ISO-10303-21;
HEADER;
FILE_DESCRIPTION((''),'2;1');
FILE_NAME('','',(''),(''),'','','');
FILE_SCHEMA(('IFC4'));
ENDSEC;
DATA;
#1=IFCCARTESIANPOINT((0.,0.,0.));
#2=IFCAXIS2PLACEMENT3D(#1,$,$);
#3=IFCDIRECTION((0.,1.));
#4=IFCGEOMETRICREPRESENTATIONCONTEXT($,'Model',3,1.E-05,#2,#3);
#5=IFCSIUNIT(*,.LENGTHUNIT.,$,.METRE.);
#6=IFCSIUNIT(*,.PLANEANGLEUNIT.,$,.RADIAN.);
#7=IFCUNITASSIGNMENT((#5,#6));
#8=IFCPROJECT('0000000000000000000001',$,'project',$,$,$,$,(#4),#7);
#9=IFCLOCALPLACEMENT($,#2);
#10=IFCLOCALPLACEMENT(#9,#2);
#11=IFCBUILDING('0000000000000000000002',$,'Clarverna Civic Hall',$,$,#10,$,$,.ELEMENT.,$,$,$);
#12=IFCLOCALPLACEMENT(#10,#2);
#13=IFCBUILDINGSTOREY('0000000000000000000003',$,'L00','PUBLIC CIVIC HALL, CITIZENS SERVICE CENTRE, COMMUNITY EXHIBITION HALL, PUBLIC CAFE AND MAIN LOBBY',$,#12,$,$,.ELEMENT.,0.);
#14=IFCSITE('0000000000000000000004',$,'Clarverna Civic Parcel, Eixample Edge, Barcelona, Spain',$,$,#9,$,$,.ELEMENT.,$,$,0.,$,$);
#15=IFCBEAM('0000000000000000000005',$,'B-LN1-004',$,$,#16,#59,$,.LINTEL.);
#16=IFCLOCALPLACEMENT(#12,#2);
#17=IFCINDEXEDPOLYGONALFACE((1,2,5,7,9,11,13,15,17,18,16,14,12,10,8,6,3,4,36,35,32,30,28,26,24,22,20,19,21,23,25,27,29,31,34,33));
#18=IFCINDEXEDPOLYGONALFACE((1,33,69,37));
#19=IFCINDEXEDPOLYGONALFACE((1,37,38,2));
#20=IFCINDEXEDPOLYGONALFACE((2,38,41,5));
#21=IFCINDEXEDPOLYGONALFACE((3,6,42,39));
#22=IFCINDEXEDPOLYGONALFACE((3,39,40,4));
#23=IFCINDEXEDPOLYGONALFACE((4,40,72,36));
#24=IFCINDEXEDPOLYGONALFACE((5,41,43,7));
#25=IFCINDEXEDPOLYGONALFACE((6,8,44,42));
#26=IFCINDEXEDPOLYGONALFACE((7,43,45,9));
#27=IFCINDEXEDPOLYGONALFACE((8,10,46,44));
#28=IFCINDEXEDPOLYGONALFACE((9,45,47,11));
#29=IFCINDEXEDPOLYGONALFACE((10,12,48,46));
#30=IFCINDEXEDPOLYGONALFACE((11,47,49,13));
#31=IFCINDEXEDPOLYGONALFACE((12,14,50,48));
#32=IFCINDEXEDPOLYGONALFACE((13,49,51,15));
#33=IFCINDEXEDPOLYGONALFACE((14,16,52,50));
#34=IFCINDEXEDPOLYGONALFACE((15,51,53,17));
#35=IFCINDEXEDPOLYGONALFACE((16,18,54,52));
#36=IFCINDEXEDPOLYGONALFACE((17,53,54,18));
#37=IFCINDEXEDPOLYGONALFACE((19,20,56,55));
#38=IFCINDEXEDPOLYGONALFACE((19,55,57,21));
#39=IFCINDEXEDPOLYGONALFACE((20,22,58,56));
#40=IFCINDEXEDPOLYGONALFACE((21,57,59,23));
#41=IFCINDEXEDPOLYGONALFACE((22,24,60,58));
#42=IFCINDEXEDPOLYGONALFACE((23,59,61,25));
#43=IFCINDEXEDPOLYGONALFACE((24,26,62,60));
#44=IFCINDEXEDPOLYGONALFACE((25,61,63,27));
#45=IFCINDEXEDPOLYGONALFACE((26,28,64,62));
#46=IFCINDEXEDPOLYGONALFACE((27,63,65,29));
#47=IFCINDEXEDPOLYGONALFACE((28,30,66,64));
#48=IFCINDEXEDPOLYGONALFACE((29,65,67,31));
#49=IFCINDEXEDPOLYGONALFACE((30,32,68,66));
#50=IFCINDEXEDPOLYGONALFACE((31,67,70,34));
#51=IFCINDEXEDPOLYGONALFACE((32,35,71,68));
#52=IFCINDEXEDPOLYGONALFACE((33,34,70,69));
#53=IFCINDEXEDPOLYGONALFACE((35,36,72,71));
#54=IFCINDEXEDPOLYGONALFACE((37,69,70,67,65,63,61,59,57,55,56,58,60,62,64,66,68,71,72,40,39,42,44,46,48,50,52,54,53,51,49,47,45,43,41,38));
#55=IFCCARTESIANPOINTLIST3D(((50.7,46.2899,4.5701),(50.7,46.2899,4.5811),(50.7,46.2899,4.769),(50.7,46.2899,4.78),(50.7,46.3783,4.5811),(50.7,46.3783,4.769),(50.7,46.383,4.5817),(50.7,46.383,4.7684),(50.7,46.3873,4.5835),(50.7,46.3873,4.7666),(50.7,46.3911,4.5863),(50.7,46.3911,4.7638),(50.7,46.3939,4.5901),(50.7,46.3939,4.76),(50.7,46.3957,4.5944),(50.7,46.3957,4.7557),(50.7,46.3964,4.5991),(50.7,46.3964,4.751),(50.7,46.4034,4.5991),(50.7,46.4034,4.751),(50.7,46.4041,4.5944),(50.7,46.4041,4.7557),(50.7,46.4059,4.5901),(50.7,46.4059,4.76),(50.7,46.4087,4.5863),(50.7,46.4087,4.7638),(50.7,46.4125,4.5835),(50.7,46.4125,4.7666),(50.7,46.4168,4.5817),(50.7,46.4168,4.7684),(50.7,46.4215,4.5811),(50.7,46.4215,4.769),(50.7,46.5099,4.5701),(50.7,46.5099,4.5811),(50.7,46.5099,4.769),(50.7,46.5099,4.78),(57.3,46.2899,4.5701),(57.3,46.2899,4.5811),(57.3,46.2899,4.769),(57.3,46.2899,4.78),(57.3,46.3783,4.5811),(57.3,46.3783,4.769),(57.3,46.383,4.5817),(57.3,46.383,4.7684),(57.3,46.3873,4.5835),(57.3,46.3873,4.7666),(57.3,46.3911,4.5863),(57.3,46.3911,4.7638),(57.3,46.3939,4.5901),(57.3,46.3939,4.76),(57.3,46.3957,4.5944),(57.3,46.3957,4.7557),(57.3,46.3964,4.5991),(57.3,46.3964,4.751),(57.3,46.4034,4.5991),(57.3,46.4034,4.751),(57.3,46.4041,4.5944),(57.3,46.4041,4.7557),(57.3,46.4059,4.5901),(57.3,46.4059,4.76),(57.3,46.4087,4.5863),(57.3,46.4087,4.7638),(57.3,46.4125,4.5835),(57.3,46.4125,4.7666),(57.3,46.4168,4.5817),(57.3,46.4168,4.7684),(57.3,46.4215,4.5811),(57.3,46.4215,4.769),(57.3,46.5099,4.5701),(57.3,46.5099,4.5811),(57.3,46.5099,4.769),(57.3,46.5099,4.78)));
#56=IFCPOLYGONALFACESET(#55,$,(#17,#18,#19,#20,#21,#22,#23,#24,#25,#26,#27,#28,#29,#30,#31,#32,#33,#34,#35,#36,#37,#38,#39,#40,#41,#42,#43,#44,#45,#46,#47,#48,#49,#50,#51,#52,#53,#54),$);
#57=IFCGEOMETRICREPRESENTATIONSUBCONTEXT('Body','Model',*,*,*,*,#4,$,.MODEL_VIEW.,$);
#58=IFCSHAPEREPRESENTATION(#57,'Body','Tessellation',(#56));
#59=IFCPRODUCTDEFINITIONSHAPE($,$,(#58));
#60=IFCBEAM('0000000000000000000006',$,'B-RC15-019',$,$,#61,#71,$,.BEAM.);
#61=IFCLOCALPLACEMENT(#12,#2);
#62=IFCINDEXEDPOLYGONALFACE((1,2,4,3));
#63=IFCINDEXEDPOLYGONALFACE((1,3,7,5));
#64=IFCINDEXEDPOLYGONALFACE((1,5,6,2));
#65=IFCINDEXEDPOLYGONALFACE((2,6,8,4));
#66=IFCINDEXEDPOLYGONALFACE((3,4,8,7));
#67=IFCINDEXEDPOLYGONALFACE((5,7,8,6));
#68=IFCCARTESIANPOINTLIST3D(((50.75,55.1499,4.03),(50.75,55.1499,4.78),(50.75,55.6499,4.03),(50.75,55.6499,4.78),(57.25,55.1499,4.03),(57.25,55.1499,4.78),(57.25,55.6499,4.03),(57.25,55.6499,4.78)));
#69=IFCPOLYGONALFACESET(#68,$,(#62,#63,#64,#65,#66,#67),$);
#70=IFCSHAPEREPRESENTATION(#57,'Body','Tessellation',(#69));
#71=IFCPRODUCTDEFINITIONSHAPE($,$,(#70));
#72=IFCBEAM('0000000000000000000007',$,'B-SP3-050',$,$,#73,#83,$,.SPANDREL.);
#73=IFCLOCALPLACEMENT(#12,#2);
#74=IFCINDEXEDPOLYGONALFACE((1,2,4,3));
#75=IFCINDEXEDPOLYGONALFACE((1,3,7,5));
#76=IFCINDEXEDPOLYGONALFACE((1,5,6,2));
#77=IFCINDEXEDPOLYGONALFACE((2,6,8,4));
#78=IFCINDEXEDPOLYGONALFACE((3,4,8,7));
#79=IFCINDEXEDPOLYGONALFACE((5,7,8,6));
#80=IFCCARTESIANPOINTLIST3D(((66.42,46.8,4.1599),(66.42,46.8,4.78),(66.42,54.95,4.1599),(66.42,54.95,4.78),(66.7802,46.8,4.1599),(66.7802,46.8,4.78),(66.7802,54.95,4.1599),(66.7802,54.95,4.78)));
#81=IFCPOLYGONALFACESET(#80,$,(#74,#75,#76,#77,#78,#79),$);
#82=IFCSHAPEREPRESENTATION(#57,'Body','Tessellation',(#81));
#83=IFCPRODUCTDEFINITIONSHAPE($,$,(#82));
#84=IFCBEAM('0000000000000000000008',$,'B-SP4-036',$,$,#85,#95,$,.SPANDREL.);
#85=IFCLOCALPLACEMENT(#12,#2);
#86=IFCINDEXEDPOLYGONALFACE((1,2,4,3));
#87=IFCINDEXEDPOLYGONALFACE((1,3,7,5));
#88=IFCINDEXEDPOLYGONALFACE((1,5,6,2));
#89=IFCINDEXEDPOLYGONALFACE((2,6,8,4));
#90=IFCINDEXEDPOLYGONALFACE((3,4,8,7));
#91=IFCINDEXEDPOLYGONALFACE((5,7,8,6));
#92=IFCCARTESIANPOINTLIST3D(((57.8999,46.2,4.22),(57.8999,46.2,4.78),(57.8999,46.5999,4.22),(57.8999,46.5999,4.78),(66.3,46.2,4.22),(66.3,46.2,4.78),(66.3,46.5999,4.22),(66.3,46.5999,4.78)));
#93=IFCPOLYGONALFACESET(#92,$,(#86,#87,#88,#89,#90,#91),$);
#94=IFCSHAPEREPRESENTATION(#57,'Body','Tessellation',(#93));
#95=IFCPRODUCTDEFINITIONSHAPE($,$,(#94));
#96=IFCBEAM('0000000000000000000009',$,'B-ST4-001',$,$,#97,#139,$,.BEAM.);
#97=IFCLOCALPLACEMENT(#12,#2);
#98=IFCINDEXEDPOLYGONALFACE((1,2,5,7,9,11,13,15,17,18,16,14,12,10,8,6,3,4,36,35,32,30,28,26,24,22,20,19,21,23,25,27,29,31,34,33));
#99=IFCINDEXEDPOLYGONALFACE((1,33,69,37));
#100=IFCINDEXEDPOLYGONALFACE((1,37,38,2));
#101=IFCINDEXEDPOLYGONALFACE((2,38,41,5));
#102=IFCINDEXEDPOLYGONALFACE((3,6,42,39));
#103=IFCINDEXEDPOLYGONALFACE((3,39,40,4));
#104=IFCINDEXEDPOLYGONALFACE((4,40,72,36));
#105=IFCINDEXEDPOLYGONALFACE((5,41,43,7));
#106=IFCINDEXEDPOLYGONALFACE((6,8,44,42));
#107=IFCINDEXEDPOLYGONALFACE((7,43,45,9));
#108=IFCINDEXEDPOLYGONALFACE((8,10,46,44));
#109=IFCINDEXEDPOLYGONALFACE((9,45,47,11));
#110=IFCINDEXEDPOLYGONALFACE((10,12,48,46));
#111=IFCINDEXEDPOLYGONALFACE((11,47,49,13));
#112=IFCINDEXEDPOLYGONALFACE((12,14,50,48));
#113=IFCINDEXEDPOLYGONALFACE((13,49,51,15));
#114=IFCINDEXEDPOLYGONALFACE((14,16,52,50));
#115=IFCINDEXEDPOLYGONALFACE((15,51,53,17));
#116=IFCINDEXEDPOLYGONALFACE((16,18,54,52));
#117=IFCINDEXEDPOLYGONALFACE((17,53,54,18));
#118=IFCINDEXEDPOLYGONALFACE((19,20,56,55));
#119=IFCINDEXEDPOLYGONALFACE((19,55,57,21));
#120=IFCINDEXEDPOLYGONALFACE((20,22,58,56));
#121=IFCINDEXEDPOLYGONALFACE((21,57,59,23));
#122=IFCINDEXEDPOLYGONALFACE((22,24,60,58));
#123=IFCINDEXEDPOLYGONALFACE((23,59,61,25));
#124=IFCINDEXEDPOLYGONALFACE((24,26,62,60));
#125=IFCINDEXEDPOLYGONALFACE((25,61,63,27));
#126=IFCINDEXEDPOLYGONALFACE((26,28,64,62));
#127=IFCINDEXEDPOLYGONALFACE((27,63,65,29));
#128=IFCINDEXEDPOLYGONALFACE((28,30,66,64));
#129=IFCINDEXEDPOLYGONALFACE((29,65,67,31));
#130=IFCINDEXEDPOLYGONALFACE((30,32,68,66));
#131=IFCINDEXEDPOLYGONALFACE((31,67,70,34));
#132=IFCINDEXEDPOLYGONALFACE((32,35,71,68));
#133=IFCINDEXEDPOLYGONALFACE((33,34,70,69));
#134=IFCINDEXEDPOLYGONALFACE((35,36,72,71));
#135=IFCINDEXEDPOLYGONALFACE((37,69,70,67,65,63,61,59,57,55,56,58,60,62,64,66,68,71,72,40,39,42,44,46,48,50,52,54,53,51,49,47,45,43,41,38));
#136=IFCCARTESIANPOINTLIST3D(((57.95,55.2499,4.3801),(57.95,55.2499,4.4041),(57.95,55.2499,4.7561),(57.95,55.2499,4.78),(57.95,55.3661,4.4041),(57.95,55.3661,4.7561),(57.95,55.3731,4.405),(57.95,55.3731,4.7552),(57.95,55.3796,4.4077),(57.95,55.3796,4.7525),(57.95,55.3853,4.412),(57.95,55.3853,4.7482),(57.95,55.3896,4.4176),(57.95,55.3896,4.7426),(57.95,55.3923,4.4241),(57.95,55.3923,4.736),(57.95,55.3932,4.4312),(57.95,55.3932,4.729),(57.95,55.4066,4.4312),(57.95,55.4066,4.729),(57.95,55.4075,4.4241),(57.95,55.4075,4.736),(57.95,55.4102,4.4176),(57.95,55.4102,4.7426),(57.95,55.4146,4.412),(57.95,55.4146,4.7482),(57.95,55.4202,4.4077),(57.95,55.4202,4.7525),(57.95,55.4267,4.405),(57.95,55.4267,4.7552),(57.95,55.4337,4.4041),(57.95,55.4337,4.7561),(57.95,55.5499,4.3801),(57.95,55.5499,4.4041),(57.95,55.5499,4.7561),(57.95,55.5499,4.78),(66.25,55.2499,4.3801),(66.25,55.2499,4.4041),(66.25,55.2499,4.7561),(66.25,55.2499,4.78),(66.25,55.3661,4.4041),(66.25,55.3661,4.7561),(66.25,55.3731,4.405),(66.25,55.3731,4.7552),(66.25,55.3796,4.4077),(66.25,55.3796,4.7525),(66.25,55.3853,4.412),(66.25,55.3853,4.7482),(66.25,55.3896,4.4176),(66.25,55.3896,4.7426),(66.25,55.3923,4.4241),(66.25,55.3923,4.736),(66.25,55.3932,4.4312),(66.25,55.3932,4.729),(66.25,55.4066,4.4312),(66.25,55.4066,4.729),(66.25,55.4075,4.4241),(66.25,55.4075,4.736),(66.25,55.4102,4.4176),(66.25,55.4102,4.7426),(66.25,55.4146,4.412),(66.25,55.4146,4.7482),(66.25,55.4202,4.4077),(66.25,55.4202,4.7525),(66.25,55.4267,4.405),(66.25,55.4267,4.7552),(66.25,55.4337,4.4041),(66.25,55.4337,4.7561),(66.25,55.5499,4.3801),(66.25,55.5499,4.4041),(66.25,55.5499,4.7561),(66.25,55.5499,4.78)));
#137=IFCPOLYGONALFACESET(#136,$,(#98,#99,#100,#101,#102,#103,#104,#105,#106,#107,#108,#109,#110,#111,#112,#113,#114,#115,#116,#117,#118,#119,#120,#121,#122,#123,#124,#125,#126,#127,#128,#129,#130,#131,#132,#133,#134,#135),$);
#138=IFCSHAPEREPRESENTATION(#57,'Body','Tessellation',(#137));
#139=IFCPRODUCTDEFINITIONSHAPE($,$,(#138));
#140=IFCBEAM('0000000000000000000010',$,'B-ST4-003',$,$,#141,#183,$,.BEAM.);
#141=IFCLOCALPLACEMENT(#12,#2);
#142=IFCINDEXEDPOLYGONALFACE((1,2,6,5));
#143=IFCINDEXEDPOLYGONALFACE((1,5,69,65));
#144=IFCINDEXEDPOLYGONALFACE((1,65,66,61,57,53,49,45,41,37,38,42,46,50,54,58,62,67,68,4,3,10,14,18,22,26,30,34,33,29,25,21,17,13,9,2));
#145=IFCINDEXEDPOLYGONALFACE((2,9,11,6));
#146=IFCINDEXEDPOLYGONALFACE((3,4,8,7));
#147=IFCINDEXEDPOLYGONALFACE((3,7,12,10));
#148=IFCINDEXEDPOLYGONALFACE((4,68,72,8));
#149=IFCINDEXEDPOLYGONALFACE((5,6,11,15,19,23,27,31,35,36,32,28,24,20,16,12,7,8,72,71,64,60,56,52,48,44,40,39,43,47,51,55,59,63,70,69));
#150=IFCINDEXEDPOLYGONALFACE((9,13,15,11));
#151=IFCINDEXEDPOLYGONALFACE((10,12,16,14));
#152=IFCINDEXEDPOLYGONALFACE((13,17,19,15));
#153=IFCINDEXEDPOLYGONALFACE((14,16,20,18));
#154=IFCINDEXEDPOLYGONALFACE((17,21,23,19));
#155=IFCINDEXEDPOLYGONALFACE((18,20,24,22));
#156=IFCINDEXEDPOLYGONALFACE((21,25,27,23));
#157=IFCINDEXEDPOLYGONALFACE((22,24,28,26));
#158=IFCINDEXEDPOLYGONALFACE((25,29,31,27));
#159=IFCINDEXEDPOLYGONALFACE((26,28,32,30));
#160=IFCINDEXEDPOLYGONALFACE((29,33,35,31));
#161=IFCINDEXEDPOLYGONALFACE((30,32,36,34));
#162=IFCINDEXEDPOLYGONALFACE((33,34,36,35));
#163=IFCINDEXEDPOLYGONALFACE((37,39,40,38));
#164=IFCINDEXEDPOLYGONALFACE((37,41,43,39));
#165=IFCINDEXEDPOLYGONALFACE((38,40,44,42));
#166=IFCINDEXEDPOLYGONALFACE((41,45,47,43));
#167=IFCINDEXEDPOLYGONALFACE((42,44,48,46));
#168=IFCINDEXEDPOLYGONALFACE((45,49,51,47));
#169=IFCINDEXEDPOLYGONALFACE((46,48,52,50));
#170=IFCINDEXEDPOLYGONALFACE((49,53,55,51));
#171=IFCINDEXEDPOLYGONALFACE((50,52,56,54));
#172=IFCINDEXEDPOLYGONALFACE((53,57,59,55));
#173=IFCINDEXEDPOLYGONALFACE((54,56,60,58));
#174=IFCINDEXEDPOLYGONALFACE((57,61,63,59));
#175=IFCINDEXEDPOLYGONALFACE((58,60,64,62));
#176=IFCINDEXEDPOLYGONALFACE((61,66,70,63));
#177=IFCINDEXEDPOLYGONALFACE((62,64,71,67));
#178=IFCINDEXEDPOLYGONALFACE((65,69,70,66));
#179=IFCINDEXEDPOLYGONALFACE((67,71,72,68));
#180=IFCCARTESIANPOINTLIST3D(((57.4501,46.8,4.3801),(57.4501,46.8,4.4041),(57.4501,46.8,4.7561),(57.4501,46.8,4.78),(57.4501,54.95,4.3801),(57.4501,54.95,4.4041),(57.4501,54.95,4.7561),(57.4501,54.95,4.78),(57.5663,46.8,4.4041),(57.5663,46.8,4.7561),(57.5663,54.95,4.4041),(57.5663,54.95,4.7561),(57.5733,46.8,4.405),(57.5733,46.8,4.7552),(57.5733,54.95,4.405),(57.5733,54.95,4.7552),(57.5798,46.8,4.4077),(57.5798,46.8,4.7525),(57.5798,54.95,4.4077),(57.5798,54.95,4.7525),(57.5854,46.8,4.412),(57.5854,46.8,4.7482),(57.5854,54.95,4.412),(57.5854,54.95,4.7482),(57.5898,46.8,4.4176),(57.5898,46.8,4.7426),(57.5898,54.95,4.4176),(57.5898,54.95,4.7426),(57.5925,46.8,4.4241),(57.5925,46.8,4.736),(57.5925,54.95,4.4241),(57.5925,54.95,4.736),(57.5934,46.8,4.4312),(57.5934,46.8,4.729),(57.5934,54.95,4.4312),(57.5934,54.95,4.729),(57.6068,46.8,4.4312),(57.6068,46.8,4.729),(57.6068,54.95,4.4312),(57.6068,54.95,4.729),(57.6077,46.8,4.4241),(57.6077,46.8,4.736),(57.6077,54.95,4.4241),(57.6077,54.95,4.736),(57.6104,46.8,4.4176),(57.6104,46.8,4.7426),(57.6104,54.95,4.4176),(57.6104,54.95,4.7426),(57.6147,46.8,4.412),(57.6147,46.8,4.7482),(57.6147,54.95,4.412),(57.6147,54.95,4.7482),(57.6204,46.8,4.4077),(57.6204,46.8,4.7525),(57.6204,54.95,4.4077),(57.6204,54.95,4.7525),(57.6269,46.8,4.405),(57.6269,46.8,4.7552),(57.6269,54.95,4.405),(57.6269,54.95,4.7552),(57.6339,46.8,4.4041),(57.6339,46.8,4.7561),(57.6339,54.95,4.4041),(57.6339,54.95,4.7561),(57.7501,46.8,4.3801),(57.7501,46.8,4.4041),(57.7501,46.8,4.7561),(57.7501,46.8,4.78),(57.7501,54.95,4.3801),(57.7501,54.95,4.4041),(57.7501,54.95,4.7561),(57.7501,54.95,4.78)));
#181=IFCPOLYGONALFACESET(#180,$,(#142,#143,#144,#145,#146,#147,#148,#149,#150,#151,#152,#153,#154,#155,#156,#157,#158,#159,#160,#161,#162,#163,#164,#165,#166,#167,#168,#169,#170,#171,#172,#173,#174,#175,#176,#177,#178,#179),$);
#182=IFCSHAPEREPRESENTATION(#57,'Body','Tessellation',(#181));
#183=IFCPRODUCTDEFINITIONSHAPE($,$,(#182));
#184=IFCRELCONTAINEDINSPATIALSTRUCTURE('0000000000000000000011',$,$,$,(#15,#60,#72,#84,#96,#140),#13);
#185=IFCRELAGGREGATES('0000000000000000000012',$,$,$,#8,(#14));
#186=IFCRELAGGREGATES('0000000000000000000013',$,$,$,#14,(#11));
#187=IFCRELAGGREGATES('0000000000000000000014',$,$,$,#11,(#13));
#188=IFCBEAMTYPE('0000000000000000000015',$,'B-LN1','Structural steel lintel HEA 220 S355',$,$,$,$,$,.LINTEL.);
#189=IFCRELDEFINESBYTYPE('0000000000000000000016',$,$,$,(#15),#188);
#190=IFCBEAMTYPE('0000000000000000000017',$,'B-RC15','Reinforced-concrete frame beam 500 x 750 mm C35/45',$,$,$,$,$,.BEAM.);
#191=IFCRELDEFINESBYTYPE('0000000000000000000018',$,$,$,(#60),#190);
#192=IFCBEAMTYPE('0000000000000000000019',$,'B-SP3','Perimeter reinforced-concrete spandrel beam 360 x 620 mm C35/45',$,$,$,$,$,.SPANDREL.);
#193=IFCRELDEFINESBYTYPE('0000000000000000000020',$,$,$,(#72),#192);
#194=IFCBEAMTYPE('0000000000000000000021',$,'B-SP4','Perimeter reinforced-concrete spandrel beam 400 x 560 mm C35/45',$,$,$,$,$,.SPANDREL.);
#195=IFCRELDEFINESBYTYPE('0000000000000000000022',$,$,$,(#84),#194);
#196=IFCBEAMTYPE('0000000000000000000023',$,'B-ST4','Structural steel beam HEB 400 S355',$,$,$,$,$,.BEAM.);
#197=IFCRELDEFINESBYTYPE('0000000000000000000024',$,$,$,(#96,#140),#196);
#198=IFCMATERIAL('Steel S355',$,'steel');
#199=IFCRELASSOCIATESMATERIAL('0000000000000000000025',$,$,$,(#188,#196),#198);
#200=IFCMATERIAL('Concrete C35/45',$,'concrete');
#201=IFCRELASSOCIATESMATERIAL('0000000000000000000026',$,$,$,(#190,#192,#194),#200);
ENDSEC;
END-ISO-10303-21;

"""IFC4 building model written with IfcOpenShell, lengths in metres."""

from ifc_helpers import new_model, si_unit, direction, frame, origin, origin_2d, place, context, subcontext, project, spatial, rectangle, i_section, extrude, material, material_profile, profile_set, type_object, element, save


model = new_model("IFC4")

# Units and contexts
model_context = context("Model", 3, precision=1e-05, world=origin(), true_north=direction((0.0, 1.0)))
body_context = subcontext(model_context, "Body", "Model", "MODEL_VIEW")
ifc_project = project(units=[si_unit("LENGTHUNIT", "METRE"), si_unit("PLANEANGLEUNIT", "RADIAN")], contexts=[model_context])

# Site, building, storey
site_placement = place(None, origin())
site = spatial("IfcSite", under=ifc_project, at=site_placement, Name="Clarverna Civic Parcel, Eixample Edge, Barcelona, Spain", CompositionType="ELEMENT", RefElevation=0.0)
building_placement = place(site_placement, origin())
building = spatial("IfcBuilding", under=site, at=building_placement, Name="Clarverna Civic Hall", CompositionType="ELEMENT")
storey_placement = place(building_placement, origin())
storey = spatial("IfcBuildingStorey", under=building, at=storey_placement, Name="L00", Description="PUBLIC CIVIC HALL, CITIZENS SERVICE CENTRE, COMMUNITY EXHIBITION HALL, PUBLIC CAFE AND MAIN LOBBY", CompositionType="ELEMENT", Elevation=0.0)

# Shared definitions
ifc_material_1 = material(Name="Concrete C35/45", Category="concrete")

# Beams
ifc_material_2 = material(Name="Steel S355", Category="steel")
ifc_material_profile_1 = material_profile(ifc_material_2, i_section(OverallWidth=0.22, OverallDepth=0.21, WebThickness=0.0071, FlangeThickness=0.011, FilletRadius=0.0181, at=origin_2d()), Name="HEA 220")
ifc_profile_set_1 = profile_set([ifc_material_profile_1], Name="Steel S355")
beam_type_1 = type_object("IfcBeamType", Name="B-LN1", Description="Structural steel lintel HEA 220 S355", PredefinedType="LINTEL", material=ifc_profile_set_1)
beam_1_placement = place(storey_placement, frame((50.7, 46.3999, 4.675), z_axis=(1.0, 0.0, 0.0), x_axis=(0.0, 1.0, 0.0)))
element("IfcBeam", 1, at=beam_1_placement, inside=storey, type_object=beam_type_1, Name="B-LN1-004", PredefinedType="LINTEL", context=body_context, shape_type="SweptSolid", body=[
    extrude(i_section(OverallWidth=0.22, OverallDepth=0.21, WebThickness=0.0071, FlangeThickness=0.011, FilletRadius=0.0181, at=origin_2d()), origin(), (0.0, 0.0, 1.0), 6.6001),
])
ifc_material_profile_2 = material_profile(ifc_material_1, rectangle(XDim=0.5, YDim=0.75, at=origin_2d()), Name="RC 500x750")
ifc_profile_set_2 = profile_set([ifc_material_profile_2], Name="Concrete C35/45")
beam_type_2 = type_object("IfcBeamType", Name="B-RC15", Description="Reinforced-concrete frame beam 500 x 750 mm C35/45", PredefinedType="BEAM", material=ifc_profile_set_2)
beam_2_placement = place(storey_placement, frame((50.75, 55.3999, 4.405), z_axis=(1.0, 0.0, 0.0), x_axis=(0.0, 1.0, 0.0)))
element("IfcBeam", 2, at=beam_2_placement, inside=storey, type_object=beam_type_2, Name="B-RC15-019", PredefinedType="BEAM", context=body_context, shape_type="SweptSolid", body=[
    extrude(rectangle(XDim=0.5, YDim=0.75, at=origin_2d()), origin(), (0.0, 0.0, 1.0), 6.5),
])
ifc_material_profile_3 = material_profile(ifc_material_1, rectangle(XDim=0.3601, YDim=0.6201, at=origin_2d()), Name="RC 360x620")
ifc_profile_set_3 = profile_set([ifc_material_profile_3], Name="Concrete C35/45")
beam_type_3 = type_object("IfcBeamType", Name="B-SP3", Description="Perimeter reinforced-concrete spandrel beam 360 x 620 mm C35/45", PredefinedType="SPANDREL", material=ifc_profile_set_3)
beam_3_placement = place(storey_placement, frame((66.6001, 46.8, 4.47), z_axis=(0.0, 1.0, 0.0), x_axis=(-1.0, 0.0, 0.0)))
element("IfcBeam", 3, at=beam_3_placement, inside=storey, type_object=beam_type_3, Name="B-SP3-050", PredefinedType="SPANDREL", context=body_context, shape_type="SweptSolid", body=[
    extrude(rectangle(XDim=0.3601, YDim=0.6201, at=origin_2d()), origin(), (0.0, 0.0, 1.0), 8.1499),
])
ifc_material_profile_4 = material_profile(ifc_material_1, rectangle(XDim=0.3999, YDim=0.5601, at=origin_2d()), Name="RC 400x560")
ifc_profile_set_4 = profile_set([ifc_material_profile_4], Name="Concrete C35/45")
beam_type_4 = type_object("IfcBeamType", Name="B-SP4", Description="Perimeter reinforced-concrete spandrel beam 400 x 560 mm C35/45", PredefinedType="SPANDREL", material=ifc_profile_set_4)
beam_4_placement = place(storey_placement, frame((57.8999, 46.3999, 4.5), z_axis=(1.0, 0.0, 0.0), x_axis=(0.0, 1.0, 0.0)))
element("IfcBeam", 4, at=beam_4_placement, inside=storey, type_object=beam_type_4, Name="B-SP4-036", PredefinedType="SPANDREL", context=body_context, shape_type="SweptSolid", body=[
    extrude(rectangle(XDim=0.3999, YDim=0.5601, at=origin_2d()), origin(), (0.0, 0.0, 1.0), 8.4001),
])
ifc_material_profile_5 = material_profile(ifc_material_2, i_section(OverallWidth=0.3, OverallDepth=0.3999, WebThickness=0.0134, FlangeThickness=0.0239, FilletRadius=0.0271, at=origin_2d()), Name="HEB 400")
ifc_profile_set_5 = profile_set([ifc_material_profile_5], Name="Steel S355")
beam_type_5 = type_object("IfcBeamType", Name="B-ST4", Description="Structural steel beam HEB 400 S355", PredefinedType="BEAM", material=ifc_profile_set_5)
beam_5_placement = place(storey_placement, frame((57.95, 55.3999, 4.5801), z_axis=(1.0, 0.0, 0.0), x_axis=(0.0, 1.0, 0.0)))
element("IfcBeam", 5, at=beam_5_placement, inside=storey, type_object=beam_type_5, Name="B-ST4-001", PredefinedType="BEAM", context=body_context, shape_type="SweptSolid", body=[
    extrude(i_section(OverallWidth=0.3, OverallDepth=0.3999, WebThickness=0.0134, FlangeThickness=0.0239, FilletRadius=0.0271, at=origin_2d()), origin(), (0.0, 0.0, 1.0), 8.3),
])
beam_6_placement = place(storey_placement, frame((57.6001, 46.8, 4.5801), z_axis=(0.0, 1.0, 0.0), x_axis=(-1.0, 0.0, 0.0)))
element("IfcBeam", 6, at=beam_6_placement, inside=storey, type_object=beam_type_5, Name="B-ST4-003", PredefinedType="BEAM", context=body_context, shape_type="SweptSolid", body=[
    extrude(i_section(OverallWidth=0.3, OverallDepth=0.3999, WebThickness=0.0134, FlangeThickness=0.0239, FilletRadius=0.0271, at=origin_2d()), origin(), (0.0, 0.0, 1.0), 8.1499),
])

save(model, "model.ifc")
